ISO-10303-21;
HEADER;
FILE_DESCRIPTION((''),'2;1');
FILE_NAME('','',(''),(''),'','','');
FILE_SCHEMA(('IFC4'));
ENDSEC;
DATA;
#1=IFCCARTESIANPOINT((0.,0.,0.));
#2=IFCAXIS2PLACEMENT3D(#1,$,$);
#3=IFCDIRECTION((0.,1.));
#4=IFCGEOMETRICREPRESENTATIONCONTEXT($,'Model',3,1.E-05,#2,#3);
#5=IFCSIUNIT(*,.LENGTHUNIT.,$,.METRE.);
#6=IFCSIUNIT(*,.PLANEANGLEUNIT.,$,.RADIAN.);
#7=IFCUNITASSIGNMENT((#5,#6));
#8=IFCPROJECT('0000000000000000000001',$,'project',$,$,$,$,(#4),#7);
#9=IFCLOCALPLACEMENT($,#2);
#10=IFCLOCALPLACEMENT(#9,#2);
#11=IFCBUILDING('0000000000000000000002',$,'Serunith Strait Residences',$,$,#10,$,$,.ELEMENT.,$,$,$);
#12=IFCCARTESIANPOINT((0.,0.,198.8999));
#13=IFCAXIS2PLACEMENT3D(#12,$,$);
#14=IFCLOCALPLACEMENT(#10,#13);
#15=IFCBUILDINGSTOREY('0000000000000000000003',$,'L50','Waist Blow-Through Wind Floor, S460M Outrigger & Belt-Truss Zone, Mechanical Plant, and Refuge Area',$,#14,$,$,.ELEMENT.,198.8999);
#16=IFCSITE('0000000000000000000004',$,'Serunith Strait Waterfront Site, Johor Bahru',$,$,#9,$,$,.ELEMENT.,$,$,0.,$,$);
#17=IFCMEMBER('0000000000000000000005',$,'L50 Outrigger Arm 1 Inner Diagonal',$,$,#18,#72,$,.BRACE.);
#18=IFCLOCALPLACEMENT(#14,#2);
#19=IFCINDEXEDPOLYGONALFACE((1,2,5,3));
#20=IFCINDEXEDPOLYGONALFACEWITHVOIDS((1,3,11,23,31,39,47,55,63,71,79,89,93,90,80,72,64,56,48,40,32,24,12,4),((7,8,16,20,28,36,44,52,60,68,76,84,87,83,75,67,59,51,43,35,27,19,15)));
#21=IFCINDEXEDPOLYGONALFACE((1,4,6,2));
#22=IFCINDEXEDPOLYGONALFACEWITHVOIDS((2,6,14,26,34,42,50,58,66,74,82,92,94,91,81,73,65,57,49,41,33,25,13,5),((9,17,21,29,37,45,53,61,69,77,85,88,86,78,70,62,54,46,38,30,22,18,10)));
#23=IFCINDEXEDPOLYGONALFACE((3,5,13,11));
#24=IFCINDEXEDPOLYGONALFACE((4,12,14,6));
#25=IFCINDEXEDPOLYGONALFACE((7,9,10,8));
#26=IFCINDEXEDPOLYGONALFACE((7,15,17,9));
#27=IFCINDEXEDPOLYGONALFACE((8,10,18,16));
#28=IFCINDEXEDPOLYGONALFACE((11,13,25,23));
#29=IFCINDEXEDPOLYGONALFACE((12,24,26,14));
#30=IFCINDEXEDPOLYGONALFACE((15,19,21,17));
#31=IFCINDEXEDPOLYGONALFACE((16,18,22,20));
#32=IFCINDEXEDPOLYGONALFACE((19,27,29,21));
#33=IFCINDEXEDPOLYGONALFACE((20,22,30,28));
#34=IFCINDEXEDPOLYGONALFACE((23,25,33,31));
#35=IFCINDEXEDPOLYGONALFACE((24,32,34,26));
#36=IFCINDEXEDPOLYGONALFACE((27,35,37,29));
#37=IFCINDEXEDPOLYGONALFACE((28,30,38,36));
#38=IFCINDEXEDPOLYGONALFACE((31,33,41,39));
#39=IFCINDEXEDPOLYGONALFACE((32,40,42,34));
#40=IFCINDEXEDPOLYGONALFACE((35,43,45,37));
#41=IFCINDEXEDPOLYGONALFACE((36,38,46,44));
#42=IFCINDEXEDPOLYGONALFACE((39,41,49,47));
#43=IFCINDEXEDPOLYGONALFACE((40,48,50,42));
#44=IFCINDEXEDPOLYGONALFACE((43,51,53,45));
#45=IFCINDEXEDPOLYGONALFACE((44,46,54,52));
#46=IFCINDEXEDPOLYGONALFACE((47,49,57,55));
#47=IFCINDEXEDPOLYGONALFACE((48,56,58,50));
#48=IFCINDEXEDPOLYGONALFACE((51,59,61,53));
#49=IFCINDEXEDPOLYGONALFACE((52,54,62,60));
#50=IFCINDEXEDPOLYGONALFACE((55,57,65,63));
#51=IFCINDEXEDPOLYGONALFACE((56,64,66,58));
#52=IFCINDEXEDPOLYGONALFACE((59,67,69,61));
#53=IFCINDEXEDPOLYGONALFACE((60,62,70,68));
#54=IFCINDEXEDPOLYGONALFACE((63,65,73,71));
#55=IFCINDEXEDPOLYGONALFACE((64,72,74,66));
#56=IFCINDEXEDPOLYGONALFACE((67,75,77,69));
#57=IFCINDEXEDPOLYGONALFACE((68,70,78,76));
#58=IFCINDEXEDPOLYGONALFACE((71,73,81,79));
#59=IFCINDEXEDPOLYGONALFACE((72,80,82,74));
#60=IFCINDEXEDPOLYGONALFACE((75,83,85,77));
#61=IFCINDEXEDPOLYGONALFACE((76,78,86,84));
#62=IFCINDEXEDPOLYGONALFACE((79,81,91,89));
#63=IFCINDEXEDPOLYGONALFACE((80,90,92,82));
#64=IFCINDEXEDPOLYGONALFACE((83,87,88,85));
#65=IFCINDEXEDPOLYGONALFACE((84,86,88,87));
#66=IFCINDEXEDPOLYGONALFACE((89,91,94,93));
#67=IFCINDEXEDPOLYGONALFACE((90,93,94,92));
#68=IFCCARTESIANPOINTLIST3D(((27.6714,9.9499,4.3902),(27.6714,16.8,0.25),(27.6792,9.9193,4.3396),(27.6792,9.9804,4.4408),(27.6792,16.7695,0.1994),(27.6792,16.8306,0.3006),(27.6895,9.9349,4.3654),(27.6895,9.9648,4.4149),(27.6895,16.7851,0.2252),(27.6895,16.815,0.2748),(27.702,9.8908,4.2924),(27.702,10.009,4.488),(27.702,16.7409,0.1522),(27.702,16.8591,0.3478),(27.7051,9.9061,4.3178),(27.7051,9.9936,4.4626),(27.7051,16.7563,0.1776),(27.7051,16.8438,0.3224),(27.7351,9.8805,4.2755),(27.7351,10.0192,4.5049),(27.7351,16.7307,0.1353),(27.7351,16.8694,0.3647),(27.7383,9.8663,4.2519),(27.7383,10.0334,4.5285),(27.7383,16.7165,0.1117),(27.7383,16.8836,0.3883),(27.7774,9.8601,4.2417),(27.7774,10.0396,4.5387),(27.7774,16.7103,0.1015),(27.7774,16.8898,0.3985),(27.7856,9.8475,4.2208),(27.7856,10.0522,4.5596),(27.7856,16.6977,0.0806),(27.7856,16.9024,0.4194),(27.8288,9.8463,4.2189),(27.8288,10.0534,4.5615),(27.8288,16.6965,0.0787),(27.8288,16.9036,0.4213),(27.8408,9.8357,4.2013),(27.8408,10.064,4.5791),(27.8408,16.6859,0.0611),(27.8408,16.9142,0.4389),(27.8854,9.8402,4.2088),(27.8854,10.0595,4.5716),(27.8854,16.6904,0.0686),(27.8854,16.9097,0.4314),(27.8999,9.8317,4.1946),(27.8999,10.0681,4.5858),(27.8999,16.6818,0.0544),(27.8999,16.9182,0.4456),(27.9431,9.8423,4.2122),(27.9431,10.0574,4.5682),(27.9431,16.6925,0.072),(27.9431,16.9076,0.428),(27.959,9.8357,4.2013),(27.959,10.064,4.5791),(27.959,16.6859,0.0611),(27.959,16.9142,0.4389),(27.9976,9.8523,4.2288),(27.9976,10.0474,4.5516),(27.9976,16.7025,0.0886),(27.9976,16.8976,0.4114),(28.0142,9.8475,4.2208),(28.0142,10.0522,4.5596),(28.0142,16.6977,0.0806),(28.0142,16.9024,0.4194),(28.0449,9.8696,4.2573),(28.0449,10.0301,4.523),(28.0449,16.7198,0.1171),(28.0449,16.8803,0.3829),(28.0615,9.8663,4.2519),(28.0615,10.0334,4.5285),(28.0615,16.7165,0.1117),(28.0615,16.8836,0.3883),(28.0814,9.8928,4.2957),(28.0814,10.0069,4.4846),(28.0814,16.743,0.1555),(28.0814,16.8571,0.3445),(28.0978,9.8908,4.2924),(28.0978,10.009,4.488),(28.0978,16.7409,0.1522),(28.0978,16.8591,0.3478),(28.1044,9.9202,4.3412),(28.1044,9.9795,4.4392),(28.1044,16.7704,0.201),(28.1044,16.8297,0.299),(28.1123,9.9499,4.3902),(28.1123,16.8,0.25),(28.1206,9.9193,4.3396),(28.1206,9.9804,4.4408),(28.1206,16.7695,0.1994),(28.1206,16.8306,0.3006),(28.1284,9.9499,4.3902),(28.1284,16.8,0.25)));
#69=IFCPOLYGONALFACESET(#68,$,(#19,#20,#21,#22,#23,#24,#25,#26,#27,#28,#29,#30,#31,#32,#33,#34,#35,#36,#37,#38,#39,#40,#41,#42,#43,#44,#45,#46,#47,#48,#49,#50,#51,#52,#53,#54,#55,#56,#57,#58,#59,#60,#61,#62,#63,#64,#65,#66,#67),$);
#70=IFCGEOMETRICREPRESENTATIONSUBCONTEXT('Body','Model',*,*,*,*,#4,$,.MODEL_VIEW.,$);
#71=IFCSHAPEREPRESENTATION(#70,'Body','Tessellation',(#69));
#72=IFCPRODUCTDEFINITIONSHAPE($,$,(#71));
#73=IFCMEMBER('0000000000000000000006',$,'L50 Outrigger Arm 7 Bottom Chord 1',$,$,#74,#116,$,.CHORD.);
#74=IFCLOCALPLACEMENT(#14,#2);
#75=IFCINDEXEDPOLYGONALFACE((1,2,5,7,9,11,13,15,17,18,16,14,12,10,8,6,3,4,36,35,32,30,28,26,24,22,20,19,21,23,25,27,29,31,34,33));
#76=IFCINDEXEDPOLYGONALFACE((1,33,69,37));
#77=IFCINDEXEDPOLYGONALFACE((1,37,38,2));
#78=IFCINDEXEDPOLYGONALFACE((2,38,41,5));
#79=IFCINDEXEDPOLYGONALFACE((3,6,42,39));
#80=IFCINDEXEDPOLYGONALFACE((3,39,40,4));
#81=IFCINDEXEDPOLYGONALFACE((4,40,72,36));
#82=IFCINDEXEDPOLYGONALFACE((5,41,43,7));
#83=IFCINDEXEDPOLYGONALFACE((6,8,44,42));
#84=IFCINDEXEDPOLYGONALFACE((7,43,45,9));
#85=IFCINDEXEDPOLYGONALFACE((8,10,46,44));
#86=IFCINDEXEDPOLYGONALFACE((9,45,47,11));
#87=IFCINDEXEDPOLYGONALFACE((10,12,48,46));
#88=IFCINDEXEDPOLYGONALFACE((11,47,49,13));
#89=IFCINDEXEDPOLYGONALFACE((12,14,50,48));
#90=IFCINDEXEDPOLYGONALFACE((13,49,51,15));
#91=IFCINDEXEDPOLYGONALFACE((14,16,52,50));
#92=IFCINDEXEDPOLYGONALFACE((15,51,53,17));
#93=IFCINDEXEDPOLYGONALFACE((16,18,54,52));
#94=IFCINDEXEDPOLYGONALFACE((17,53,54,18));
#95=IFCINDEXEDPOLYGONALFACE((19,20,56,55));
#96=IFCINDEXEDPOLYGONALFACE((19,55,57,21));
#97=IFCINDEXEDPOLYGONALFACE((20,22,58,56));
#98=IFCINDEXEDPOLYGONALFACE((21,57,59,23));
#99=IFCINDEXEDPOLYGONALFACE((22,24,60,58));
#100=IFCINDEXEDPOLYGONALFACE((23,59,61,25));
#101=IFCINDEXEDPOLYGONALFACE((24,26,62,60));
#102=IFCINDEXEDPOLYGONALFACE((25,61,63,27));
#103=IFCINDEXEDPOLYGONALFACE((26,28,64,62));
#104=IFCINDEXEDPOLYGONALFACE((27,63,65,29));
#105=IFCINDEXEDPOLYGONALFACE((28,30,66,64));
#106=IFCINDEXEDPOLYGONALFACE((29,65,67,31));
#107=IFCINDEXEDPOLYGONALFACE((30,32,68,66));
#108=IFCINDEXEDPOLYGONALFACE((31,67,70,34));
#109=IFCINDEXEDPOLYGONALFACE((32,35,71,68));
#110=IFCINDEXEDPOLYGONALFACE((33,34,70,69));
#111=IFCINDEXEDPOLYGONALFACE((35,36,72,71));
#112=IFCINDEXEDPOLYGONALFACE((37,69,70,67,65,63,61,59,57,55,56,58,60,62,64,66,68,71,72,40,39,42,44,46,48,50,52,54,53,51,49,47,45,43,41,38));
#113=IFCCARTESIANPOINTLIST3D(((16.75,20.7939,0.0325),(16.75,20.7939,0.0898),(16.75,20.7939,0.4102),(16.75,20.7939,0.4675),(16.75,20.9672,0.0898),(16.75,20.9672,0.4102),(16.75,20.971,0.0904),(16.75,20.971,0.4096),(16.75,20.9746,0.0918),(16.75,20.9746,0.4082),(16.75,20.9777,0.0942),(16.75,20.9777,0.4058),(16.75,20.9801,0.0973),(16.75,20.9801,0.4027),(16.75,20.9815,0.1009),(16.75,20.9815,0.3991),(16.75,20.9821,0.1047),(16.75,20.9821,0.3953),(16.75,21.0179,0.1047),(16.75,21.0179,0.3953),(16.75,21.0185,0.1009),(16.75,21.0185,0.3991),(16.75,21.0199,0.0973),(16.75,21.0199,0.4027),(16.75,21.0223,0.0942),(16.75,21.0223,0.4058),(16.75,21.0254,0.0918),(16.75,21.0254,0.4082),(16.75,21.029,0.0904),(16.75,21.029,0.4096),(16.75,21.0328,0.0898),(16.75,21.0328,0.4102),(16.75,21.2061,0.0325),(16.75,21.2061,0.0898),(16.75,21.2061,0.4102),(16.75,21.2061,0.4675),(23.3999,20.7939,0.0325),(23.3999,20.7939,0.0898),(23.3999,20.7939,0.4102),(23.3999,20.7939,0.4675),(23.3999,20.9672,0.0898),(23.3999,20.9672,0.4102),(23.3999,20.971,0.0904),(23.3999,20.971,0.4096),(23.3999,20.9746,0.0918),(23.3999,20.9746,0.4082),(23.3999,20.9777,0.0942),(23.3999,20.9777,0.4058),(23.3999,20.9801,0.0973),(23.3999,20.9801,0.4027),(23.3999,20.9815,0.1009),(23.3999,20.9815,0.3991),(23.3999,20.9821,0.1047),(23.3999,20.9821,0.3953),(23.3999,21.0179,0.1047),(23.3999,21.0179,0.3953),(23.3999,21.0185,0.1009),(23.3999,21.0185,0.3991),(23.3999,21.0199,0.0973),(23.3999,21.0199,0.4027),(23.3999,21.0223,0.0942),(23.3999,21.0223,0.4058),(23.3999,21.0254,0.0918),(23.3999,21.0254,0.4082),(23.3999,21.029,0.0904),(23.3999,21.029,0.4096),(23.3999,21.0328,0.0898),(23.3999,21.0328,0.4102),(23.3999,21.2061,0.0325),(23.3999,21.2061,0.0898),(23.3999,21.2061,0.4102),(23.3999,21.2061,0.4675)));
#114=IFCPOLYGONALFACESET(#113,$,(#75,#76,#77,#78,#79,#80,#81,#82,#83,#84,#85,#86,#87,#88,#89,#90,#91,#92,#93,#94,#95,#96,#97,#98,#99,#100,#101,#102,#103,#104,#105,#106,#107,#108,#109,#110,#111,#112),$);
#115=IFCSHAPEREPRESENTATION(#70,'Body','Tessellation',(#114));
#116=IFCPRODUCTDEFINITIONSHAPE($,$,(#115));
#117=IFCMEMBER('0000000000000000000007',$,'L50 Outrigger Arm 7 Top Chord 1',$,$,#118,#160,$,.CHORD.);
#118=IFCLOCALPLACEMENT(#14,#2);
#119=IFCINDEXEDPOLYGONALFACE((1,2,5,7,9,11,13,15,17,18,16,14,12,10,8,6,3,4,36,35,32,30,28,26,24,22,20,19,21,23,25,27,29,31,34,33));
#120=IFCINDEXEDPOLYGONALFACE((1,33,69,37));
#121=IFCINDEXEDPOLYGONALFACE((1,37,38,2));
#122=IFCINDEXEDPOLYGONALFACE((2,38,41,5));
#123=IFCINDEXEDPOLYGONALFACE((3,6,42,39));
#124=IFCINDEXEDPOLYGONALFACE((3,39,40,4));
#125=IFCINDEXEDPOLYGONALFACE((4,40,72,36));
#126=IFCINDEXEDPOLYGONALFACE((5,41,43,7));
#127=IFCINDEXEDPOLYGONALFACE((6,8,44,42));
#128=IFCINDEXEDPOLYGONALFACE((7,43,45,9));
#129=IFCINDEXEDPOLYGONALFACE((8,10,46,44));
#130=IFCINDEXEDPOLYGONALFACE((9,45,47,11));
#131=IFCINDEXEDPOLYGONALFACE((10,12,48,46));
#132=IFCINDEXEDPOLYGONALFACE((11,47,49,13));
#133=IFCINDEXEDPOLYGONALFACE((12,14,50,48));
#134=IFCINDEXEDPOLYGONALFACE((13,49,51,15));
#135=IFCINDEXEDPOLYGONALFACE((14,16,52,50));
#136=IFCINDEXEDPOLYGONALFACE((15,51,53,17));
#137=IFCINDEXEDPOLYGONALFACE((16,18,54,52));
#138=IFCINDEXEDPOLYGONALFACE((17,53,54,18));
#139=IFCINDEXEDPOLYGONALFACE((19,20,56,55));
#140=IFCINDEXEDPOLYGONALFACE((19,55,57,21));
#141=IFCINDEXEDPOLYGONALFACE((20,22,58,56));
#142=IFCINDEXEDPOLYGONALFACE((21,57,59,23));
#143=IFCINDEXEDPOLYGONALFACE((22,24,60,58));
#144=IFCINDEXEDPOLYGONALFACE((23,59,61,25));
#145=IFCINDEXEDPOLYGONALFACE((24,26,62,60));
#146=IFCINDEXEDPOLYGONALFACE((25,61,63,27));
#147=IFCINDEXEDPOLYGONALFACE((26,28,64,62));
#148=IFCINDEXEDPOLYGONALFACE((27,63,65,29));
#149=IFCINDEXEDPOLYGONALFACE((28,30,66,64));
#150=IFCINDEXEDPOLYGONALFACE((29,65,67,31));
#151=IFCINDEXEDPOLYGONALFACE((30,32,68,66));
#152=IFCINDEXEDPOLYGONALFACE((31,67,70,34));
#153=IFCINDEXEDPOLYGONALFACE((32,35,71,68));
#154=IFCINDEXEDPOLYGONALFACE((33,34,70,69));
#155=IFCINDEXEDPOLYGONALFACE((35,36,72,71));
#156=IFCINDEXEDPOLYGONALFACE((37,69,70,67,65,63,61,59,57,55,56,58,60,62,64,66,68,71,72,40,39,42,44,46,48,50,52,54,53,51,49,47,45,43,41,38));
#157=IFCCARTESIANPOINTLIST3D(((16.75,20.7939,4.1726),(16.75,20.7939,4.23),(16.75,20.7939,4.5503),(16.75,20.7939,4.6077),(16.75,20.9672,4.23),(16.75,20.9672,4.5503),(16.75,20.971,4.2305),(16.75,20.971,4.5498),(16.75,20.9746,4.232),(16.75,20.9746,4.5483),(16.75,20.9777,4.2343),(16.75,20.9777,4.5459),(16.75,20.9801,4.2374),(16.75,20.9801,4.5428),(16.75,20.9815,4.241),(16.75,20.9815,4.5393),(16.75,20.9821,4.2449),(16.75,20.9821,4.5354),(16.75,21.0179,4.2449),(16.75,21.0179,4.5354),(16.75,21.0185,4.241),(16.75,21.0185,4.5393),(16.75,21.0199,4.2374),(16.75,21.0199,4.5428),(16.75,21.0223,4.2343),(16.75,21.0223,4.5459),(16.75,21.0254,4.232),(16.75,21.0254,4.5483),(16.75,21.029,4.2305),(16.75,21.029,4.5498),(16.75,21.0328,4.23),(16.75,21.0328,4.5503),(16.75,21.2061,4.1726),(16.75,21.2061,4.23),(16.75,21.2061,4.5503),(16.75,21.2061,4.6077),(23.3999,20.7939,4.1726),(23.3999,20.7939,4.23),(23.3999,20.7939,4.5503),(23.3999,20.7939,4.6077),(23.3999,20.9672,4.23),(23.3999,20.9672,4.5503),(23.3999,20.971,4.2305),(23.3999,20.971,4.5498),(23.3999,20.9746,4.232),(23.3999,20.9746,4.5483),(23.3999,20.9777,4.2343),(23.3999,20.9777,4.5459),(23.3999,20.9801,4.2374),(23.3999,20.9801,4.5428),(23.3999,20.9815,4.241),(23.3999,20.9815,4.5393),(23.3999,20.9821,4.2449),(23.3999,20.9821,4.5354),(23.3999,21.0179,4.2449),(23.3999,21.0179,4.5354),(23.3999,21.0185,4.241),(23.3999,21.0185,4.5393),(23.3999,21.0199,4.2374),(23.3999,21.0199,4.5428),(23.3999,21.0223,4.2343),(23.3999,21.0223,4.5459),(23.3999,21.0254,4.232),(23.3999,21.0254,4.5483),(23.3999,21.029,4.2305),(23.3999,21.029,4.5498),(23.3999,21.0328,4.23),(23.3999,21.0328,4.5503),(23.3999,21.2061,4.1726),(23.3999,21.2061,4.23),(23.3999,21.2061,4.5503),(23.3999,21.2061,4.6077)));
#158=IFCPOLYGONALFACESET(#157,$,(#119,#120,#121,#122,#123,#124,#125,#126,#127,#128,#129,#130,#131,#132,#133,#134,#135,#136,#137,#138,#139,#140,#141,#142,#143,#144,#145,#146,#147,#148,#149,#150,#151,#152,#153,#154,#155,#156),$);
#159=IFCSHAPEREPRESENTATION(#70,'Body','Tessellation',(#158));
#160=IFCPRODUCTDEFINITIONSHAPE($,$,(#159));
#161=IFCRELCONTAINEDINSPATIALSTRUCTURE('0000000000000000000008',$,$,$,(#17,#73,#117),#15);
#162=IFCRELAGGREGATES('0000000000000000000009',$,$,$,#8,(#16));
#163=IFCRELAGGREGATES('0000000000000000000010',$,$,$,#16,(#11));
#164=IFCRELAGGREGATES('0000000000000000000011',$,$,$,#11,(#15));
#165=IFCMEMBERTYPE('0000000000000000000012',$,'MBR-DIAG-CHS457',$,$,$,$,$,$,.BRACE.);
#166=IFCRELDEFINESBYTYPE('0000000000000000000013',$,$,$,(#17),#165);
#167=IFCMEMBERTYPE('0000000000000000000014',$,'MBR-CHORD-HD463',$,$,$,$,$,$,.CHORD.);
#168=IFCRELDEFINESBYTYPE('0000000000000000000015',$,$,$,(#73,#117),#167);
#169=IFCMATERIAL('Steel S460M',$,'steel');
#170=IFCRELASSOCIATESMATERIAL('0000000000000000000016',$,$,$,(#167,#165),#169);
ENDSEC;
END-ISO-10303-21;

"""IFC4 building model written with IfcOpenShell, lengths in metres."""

from ifc_helpers import new_model, si_unit, direction, frame, origin, origin_2d, place, context, subcontext, project, spatial, hollow_circle, i_section, extrude, source, transform, mapped, material, material_profile, profile_set, type_object, element, save


model = new_model("IFC4")

# Units and contexts
model_context = context("Model", 3, precision=1e-05, world=origin(), true_north=direction((0.0, 1.0)))
body_context = subcontext(model_context, "Body", "Model", "MODEL_VIEW")
ifc_project = project(units=[si_unit("LENGTHUNIT", "METRE"), si_unit("PLANEANGLEUNIT", "RADIAN")], contexts=[model_context])

# Site, building, storey
site_placement = place(None, origin())
site = spatial("IfcSite", under=ifc_project, at=site_placement, Name="Serunith Strait Waterfront Site, Johor Bahru", CompositionType="ELEMENT", RefElevation=0.0)
building_placement = place(site_placement, origin())
building = spatial("IfcBuilding", under=site, at=building_placement, Name="Serunith Strait Residences", CompositionType="ELEMENT")
storey_placement = place(building_placement, frame((0.0, 0.0, 198.8999)))
storey = spatial("IfcBuildingStorey", under=building, at=storey_placement, Name="L50", Description="Waist Blow-Through Wind Floor, S460M Outrigger & Belt-Truss Zone, Mechanical Plant, and Refuge Area", CompositionType="ELEMENT", Elevation=198.8999)

# Members
ifc_material_1 = material(Name="Steel S460M", Category="steel")
ifc_material_profile_1 = material_profile(ifc_material_1, i_section(OverallWidth=0.4121, OverallDepth=0.4351, WebThickness=0.0359, FlangeThickness=0.0574, FilletRadius=0.0149, at=origin_2d()), Name="HD 400x463")
ifc_profile_set_1 = profile_set([ifc_material_profile_1], Name="Steel S460M")
member_type_1 = type_object("IfcMemberType", Name="MBR-CHORD-HD463", PredefinedType="CHORD", material=ifc_profile_set_1)
ifc_material_profile_2 = material_profile(ifc_material_1, hollow_circle(Radius=0.2285, WallThickness=0.0161, at=origin_2d()), Name="CHS 457x16")
ifc_profile_set_2 = profile_set([ifc_material_profile_2], Name="Steel S460M")
member_type_2 = type_object("IfcMemberType", Name="MBR-DIAG-CHS457", PredefinedType="BRACE", material=ifc_profile_set_2)
shared_shape_1 = source(origin(), body_context, "Body", "SweptSolid", [
    extrude(hollow_circle(Radius=0.2285, WallThickness=0.0161, at=origin_2d()), origin(), (0.0, 0.0, 1.0), 8.0042),
])
member_1_placement = place(storey_placement, frame((27.8999, 16.8, 0.25), z_axis=(0.0, -0.855831, 0.517256), x_axis=(1.0, 0.0, 0.0)))
element("IfcMember", 1, at=member_1_placement, inside=storey, type_object=member_type_2, Name="L50 Outrigger Arm 1 Inner Diagonal", PredefinedType="BRACE", context=body_context, shape_type="MappedRepresentation", body=[
    mapped(shared_shape_1, transform((0.0, 0.0, 0.0), scale=1.0)),
])
shared_shape_2 = source(origin(), body_context, "Body", "SweptSolid", [
    extrude(i_section(OverallWidth=0.4121, OverallDepth=0.4351, WebThickness=0.0359, FlangeThickness=0.0574, FilletRadius=0.0149, at=origin_2d()), origin(), (0.0, 0.0, 1.0), 6.6499),
])
for number, where, z_axis, x_axis, name in (
    (2, (23.3999, 21.0, 0.25), (-1.0, 0.0, 0.0), (0.0, -1.0, 0.0), "L50 Outrigger Arm 7 Bottom Chord 1"),
    (3, (23.3999, 21.0, 4.3901), (-1.0, 0.0, 0.0), (0.0, -1.0, 0.0), "L50 Outrigger Arm 7 Top Chord 1"),
):
    element("IfcMember", number, at=place(storey_placement, frame(where, z_axis=z_axis, x_axis=x_axis)), inside=storey, type_object=member_type_1, Name=name, PredefinedType="CHORD", context=body_context, shape_type="MappedRepresentation", body=[
        mapped(shared_shape_2, transform((0.0, 0.0, 0.0), scale=1.0)),
    ])

save(model, "model.ifc")
